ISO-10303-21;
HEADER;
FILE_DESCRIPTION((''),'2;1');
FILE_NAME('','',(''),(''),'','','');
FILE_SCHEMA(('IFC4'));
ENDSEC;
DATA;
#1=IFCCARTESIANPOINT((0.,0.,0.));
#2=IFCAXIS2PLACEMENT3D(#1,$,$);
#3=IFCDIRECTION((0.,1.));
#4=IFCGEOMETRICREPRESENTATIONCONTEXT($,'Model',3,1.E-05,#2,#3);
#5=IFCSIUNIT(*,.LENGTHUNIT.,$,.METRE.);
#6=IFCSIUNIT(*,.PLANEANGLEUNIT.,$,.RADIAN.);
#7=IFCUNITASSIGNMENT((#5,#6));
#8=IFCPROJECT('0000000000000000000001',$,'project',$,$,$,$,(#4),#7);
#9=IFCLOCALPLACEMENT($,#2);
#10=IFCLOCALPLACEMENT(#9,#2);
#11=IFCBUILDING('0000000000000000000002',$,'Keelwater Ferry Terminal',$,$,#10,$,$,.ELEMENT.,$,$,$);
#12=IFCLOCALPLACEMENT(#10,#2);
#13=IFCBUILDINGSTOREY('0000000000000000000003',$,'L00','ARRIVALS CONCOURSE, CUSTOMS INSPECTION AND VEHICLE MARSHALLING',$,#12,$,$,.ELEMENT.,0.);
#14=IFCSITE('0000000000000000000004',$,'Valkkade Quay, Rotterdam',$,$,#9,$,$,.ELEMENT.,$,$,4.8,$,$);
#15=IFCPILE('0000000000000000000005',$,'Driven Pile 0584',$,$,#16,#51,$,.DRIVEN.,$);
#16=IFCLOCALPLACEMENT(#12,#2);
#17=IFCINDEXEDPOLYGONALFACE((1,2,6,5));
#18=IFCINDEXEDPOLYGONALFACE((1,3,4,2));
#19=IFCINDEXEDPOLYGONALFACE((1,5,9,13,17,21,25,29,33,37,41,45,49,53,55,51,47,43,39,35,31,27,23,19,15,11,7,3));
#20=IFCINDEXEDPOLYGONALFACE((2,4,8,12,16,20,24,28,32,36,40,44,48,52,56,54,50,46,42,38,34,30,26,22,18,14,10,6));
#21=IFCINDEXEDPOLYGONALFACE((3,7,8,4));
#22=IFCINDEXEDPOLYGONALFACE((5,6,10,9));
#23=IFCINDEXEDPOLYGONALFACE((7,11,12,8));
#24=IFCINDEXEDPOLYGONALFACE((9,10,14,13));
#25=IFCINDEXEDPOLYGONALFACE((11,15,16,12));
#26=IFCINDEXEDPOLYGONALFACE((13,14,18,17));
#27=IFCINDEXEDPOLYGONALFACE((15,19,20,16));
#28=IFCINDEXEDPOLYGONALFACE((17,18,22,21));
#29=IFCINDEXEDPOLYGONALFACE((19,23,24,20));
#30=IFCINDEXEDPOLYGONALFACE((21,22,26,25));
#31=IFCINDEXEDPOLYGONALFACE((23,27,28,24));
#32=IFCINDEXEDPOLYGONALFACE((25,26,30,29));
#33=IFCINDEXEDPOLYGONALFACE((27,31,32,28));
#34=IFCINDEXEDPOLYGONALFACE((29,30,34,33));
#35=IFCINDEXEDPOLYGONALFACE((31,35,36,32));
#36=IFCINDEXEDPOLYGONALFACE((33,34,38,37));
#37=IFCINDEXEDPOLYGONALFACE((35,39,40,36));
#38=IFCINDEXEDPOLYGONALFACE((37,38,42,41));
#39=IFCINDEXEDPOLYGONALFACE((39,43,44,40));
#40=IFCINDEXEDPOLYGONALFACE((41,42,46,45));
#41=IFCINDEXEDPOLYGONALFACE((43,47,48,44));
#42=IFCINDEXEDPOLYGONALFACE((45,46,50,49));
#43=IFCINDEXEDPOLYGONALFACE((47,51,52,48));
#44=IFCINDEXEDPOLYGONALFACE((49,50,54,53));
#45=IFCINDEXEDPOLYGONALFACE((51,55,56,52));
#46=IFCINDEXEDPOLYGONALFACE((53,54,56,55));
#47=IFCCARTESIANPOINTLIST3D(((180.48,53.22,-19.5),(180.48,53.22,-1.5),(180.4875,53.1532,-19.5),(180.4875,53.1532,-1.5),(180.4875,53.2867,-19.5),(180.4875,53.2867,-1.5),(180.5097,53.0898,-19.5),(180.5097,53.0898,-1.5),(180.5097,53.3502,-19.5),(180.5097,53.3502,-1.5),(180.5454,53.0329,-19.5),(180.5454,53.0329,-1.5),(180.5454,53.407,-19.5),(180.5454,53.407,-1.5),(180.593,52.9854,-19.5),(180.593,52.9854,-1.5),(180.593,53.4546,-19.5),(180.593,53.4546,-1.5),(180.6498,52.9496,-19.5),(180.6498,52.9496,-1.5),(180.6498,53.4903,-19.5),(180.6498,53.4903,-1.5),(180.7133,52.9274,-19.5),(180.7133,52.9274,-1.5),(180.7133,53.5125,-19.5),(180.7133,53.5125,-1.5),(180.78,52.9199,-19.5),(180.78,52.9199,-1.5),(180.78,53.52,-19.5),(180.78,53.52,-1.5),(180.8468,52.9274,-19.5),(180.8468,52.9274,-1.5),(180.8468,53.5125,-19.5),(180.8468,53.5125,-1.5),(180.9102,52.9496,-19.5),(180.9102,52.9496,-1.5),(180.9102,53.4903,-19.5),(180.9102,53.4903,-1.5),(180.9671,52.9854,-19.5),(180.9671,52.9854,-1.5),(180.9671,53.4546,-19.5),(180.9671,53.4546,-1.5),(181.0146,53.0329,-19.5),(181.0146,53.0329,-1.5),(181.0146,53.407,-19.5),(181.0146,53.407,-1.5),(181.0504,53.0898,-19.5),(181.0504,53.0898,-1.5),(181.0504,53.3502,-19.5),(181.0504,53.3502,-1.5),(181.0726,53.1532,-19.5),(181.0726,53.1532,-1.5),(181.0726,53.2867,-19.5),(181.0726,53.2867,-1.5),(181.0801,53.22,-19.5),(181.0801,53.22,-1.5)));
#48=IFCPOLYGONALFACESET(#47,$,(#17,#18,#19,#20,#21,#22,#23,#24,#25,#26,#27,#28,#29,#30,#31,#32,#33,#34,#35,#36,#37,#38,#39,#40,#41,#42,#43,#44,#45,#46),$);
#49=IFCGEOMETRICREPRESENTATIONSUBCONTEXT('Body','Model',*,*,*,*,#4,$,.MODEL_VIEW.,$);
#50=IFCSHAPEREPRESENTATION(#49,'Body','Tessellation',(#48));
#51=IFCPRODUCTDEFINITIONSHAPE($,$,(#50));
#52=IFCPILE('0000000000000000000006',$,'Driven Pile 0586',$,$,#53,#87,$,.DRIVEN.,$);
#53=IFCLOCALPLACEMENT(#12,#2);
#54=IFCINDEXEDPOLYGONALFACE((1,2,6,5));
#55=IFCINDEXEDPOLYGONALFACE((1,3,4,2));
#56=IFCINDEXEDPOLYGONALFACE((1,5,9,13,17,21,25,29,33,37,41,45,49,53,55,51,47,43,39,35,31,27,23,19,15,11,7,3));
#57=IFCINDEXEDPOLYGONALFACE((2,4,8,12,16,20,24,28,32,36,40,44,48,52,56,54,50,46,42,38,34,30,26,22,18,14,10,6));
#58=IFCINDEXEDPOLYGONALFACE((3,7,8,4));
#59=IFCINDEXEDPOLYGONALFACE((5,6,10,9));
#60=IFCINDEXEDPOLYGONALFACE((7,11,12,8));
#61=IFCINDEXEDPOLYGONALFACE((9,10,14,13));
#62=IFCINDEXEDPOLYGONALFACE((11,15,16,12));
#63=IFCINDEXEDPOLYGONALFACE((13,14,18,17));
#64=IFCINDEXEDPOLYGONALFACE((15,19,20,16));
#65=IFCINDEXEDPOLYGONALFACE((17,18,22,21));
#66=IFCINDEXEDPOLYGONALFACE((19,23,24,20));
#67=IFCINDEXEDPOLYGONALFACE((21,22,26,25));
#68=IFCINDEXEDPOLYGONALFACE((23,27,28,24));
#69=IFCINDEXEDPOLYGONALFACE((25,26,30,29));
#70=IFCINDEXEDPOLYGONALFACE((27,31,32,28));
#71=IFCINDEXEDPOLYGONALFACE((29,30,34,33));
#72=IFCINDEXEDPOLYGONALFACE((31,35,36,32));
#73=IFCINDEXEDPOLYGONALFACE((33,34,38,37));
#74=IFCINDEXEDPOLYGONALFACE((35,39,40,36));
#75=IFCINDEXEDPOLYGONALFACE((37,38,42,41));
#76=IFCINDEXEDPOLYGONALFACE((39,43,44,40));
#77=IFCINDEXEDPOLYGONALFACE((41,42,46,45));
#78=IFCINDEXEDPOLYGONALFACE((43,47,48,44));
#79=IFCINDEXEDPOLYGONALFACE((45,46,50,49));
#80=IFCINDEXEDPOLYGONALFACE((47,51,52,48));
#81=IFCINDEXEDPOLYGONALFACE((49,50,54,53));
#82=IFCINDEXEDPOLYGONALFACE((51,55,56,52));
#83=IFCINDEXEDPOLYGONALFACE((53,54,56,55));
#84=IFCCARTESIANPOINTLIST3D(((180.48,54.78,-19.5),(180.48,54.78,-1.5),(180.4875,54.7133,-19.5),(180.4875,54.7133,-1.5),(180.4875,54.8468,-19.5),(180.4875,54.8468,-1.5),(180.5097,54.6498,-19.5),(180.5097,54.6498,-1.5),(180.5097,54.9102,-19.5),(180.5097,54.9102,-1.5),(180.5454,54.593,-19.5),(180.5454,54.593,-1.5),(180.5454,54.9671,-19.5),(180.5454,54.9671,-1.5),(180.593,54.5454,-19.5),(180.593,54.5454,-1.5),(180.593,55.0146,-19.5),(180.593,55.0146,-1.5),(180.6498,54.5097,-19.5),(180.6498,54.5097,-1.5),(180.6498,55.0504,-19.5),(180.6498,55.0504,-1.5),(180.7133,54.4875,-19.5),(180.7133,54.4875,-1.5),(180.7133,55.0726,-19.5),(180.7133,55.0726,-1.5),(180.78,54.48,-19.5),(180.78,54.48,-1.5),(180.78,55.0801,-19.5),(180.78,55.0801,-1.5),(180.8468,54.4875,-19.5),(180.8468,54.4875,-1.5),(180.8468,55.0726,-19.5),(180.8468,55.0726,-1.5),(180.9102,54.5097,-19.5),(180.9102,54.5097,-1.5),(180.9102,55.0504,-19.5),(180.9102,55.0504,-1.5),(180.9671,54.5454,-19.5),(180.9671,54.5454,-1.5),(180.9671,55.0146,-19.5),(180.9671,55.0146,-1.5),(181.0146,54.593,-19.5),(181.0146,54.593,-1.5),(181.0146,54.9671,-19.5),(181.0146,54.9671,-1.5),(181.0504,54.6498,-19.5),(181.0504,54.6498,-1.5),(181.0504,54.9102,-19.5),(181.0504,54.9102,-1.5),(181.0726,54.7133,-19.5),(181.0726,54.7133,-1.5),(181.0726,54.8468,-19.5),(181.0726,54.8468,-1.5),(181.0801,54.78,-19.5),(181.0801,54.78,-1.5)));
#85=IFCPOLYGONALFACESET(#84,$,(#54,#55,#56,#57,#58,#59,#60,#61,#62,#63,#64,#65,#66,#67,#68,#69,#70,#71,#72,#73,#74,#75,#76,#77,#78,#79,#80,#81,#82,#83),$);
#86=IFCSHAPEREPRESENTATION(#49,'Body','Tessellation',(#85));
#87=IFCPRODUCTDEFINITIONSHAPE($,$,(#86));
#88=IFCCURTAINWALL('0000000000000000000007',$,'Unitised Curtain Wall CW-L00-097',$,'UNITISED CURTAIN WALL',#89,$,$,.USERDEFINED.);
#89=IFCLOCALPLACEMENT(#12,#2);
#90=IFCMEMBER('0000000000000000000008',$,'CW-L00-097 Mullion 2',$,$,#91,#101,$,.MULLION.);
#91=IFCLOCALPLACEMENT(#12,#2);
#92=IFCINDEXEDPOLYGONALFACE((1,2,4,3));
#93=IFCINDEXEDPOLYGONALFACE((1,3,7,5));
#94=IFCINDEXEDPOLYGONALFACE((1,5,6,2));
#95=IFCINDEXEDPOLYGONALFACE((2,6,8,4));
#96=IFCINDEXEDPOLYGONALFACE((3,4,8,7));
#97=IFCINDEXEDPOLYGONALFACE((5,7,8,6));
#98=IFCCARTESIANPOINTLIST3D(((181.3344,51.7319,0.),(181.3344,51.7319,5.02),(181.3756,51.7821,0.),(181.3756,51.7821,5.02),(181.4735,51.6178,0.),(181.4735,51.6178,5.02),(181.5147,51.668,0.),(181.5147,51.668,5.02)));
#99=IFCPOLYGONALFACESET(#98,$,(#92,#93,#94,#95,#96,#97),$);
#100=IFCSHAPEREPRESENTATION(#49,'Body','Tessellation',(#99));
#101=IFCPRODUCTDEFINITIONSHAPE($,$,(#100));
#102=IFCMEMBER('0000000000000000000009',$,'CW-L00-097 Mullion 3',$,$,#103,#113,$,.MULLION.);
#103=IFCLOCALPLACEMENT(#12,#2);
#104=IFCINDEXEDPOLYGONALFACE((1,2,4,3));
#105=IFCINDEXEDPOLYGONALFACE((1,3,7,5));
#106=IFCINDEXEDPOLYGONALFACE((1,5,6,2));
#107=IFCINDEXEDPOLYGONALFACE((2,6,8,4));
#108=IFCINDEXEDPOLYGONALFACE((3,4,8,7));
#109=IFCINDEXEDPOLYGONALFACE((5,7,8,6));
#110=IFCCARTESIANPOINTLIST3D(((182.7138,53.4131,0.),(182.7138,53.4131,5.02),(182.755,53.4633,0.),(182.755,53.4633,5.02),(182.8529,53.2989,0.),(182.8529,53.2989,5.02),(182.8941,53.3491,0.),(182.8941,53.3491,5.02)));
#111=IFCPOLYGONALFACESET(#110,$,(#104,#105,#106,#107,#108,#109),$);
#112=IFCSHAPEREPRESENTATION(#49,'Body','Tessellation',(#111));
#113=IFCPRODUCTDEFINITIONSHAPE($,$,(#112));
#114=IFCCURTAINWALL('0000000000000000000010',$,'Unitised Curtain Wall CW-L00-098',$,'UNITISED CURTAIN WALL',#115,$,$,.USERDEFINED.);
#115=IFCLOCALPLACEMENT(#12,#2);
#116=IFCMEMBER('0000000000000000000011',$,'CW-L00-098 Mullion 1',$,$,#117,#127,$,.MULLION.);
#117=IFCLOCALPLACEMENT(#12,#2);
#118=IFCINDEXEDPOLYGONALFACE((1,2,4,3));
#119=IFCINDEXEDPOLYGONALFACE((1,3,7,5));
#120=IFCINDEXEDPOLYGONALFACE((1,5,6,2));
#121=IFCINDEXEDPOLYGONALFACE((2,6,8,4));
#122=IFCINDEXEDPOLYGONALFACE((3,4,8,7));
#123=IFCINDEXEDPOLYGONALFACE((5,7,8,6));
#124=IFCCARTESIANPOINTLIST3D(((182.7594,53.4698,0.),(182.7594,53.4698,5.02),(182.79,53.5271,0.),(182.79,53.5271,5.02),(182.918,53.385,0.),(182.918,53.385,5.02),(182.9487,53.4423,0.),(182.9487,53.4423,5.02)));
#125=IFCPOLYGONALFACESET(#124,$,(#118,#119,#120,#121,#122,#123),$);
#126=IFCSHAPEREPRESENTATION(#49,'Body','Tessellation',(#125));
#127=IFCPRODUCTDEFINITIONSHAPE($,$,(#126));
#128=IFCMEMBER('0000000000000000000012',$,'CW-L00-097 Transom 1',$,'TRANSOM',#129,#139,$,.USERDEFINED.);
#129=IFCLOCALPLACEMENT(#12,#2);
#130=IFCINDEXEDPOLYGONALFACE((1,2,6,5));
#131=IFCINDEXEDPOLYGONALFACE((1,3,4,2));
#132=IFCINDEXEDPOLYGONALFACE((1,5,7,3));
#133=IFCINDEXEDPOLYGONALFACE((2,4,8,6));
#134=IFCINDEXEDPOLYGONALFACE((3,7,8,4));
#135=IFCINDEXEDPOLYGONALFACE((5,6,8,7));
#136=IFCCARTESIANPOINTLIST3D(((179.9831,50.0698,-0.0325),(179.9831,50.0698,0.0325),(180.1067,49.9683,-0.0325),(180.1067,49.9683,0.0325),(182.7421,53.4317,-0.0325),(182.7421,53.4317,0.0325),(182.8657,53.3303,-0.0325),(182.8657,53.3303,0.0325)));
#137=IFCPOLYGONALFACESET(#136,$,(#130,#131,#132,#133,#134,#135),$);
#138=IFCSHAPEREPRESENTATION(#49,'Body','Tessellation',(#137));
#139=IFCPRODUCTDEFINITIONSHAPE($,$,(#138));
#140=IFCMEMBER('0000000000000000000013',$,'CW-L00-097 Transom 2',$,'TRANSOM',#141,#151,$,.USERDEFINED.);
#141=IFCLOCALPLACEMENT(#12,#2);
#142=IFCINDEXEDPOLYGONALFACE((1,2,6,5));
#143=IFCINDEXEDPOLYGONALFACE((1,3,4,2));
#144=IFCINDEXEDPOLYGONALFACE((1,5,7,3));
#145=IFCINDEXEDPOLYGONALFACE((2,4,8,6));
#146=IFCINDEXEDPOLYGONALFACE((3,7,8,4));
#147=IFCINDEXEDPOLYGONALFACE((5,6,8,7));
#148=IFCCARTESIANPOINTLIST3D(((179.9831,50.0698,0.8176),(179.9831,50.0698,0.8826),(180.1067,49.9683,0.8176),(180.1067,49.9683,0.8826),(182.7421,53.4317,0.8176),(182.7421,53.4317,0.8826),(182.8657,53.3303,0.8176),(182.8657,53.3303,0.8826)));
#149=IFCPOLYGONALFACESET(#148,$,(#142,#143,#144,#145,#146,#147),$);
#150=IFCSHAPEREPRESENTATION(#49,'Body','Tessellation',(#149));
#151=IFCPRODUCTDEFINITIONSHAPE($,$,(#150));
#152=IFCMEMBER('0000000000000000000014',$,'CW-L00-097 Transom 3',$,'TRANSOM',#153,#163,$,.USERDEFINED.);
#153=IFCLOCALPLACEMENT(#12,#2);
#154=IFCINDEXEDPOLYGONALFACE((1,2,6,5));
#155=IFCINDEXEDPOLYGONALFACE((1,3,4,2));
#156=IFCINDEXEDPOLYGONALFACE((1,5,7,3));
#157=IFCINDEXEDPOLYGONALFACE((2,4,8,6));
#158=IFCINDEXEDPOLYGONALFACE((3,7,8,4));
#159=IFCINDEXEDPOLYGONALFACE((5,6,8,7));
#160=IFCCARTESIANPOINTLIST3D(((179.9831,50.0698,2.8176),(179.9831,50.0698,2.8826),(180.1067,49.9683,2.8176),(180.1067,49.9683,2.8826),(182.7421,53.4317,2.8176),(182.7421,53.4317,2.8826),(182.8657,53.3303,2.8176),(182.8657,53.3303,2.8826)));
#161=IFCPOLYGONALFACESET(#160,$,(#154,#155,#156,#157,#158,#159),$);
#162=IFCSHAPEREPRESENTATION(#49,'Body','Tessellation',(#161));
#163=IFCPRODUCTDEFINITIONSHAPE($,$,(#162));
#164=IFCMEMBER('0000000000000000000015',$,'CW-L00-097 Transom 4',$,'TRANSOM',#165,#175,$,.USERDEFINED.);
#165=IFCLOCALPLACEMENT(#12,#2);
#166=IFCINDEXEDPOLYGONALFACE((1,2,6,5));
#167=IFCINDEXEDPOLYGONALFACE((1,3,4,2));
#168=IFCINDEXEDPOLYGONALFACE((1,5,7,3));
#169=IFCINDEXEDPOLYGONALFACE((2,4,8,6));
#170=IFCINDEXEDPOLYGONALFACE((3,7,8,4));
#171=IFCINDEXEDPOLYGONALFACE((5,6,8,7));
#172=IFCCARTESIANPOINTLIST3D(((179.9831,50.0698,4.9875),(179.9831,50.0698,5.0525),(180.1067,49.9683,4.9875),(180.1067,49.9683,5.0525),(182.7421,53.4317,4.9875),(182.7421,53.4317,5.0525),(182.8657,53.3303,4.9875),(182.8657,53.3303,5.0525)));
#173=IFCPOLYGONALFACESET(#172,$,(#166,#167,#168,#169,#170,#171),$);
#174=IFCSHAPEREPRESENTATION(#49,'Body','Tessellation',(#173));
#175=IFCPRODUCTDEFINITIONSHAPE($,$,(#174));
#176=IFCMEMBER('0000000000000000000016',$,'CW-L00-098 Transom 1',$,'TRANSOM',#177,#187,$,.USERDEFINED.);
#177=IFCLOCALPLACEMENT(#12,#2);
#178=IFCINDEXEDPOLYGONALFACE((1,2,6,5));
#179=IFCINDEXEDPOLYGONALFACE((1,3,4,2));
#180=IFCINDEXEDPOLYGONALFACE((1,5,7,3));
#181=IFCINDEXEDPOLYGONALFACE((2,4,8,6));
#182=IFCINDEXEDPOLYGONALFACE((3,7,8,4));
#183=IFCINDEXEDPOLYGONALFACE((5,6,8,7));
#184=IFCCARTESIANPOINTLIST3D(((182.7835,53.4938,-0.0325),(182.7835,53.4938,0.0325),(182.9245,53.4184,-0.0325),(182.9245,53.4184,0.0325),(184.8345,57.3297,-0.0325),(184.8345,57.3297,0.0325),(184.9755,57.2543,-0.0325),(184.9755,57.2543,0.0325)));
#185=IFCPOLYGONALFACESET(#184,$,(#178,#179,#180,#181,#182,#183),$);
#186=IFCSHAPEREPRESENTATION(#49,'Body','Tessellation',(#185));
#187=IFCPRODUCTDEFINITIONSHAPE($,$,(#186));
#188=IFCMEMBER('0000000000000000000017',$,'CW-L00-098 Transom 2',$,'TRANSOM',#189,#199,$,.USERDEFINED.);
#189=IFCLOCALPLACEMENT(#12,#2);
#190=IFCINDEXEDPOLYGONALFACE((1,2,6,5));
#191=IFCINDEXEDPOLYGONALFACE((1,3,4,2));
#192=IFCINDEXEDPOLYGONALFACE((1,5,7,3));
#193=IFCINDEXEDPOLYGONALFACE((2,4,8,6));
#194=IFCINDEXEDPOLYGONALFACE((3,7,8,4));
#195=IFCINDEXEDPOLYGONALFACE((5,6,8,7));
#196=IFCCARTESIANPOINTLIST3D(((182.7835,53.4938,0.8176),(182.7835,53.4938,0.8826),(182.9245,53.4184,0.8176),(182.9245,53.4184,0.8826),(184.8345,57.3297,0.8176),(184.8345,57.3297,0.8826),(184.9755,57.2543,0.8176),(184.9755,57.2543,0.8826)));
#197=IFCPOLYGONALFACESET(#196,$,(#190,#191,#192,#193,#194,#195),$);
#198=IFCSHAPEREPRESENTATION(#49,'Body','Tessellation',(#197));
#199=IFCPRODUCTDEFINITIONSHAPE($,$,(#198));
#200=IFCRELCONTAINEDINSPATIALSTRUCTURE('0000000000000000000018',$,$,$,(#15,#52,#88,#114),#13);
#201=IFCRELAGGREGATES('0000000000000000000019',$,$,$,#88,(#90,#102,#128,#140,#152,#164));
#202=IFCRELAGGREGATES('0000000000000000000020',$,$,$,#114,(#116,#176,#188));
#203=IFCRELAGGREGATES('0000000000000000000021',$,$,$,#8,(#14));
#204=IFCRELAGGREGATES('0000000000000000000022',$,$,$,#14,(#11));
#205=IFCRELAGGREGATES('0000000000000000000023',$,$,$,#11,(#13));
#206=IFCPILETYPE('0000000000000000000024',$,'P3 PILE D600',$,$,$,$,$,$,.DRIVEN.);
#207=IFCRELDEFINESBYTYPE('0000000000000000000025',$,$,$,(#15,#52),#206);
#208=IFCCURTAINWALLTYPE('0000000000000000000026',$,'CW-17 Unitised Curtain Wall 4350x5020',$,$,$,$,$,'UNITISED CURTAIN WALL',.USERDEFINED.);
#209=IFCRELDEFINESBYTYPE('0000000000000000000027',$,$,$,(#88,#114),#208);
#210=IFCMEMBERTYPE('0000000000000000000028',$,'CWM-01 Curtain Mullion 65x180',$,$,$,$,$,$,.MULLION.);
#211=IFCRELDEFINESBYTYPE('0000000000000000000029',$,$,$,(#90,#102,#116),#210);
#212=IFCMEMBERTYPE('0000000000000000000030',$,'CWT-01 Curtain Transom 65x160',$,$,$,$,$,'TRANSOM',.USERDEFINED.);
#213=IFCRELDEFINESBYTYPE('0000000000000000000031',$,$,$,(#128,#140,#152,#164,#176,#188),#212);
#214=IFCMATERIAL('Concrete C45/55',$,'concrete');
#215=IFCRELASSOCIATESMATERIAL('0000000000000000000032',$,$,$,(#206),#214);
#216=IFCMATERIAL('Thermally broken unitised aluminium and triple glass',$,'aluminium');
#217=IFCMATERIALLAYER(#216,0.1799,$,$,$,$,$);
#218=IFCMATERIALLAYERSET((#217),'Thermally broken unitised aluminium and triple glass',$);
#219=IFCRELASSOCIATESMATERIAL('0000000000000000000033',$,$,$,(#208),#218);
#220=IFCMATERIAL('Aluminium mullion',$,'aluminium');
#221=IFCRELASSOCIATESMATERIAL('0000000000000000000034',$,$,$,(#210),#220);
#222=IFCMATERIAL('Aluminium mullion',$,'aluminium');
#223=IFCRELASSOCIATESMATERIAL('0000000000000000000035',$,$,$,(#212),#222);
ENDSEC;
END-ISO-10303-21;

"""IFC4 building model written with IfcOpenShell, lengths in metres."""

from ifc_helpers import new_model, si_unit, direction, frame, origin, origin_2d, place, context, subcontext, project, spatial, rectangle, circle, extrude, material, layer, layer_set, material_profile, profile_set, type_object, element, aggregate, save


model = new_model("IFC4")

# Units and contexts
model_context = context("Model", 3, precision=1e-05, world=origin(), true_north=direction((0.0, 1.0)))
body_context = subcontext(model_context, "Body", "Model", "MODEL_VIEW")
ifc_project = project(units=[si_unit("LENGTHUNIT", "METRE"), si_unit("PLANEANGLEUNIT", "RADIAN")], contexts=[model_context])

# Site, building, storey
site_placement = place(None, origin())
site = spatial("IfcSite", under=ifc_project, at=site_placement, Name="Valkkade Quay, Rotterdam", CompositionType="ELEMENT", RefElevation=4.8)
building_placement = place(site_placement, origin())
building = spatial("IfcBuilding", under=site, at=building_placement, Name="Keelwater Ferry Terminal", CompositionType="ELEMENT")
storey_placement = place(building_placement, origin())
storey = spatial("IfcBuildingStorey", under=building, at=storey_placement, Name="L00", Description="ARRIVALS CONCOURSE, CUSTOMS INSPECTION AND VEHICLE MARSHALLING", CompositionType="ELEMENT", Elevation=0.0)

# Piles
ifc_material_1 = material(Name="Concrete C45/55", Category="concrete")
ifc_material_profile_1 = material_profile(ifc_material_1, circle(Radius=0.3, at=origin_2d()), Name="PILE D600")
ifc_profile_set_1 = profile_set([ifc_material_profile_1], Name="Concrete C45/55")
pile_type = type_object("IfcPileType", Name="P3 PILE D600", PredefinedType="DRIVEN", material=ifc_profile_set_1)
for number, where, z_axis, x_axis, name in (
    (1, (180.78, 53.22, -1.5), (0.0, 0.0, -1.0), (1.0, 0.0, 0.0), "Driven Pile 0584"),
    (2, (180.78, 54.78, -1.5), (0.0, 0.0, -1.0), (1.0, 0.0, 0.0), "Driven Pile 0586"),
):
    element("IfcPile", number, at=place(storey_placement, frame(where, z_axis=z_axis, x_axis=x_axis)), inside=storey, type_object=pile_type, Name=name, PredefinedType="DRIVEN", context=body_context, shape_type="SweptSolid", body=[
        extrude(circle(Radius=0.3, at=origin_2d()), origin(), (0.0, 0.0, 1.0), 18.0),
    ])

# Curtain wall, members
ifc_material_2 = material(Name="Thermally broken unitised aluminium and triple glass", Category="aluminium")
ifc_layer_1 = layer(ifc_material_2, 0.1799)
ifc_layer_set_1 = layer_set([ifc_layer_1], Name="Thermally broken unitised aluminium and triple glass")
curtain_wall_type = type_object("IfcCurtainWallType", Name="CW-17 Unitised Curtain Wall 4350x5020", ElementType="UNITISED CURTAIN WALL", PredefinedType="USERDEFINED", material=ifc_layer_set_1)
curtain_wall_1_placement = place(storey_placement, origin())
curtain_wall_1 = element("IfcCurtainWall", 3, at=curtain_wall_1_placement, inside=storey, type_object=curtain_wall_type, Name="Unitised Curtain Wall CW-L00-097", ObjectType="UNITISED CURTAIN WALL", PredefinedType="USERDEFINED")
ifc_material_3 = material(Name="Aluminium mullion", Category="aluminium")
ifc_material_profile_2 = material_profile(ifc_material_3, rectangle(XDim=0.0649, YDim=0.1799, at=origin_2d()), Name="CWM-01")
ifc_profile_set_2 = profile_set([ifc_material_profile_2], Name="Aluminium mullion")
member_type_1 = type_object("IfcMemberType", Name="CWM-01 Curtain Mullion 65x180", PredefinedType="MULLION", material=ifc_profile_set_2)
member_1_placement = place(storey_placement, frame((181.4246, 51.7, 0.0), z_axis=(0.0, 0.0, 1.0), x_axis=(0.634377, 0.773024, 0.0)))
member_1 = element("IfcMember", 4, at=member_1_placement, type_object=member_type_1, Name="CW-L00-097 Mullion 2", PredefinedType="MULLION", context=body_context, shape_type="SweptSolid", body=[
    extrude(rectangle(XDim=0.0649, YDim=0.1799, at=origin_2d()), origin(), (0.0, 0.0, 1.0), 5.02),
])
member_2_placement = place(storey_placement, frame((182.804, 53.3811, 0.0), z_axis=(0.0, 0.0, 1.0), x_axis=(0.634377, 0.773024, 0.0)))
member_2 = element("IfcMember", 5, at=member_2_placement, type_object=member_type_1, Name="CW-L00-097 Mullion 3", PredefinedType="MULLION", context=body_context, shape_type="SweptSolid", body=[
    extrude(rectangle(XDim=0.0649, YDim=0.1799, at=origin_2d()), origin(), (0.0, 0.0, 1.0), 5.02),
])

# Curtain wall, member
curtain_wall_2_placement = place(storey_placement, origin())
curtain_wall_2 = element("IfcCurtainWall", 6, at=curtain_wall_2_placement, inside=storey, type_object=curtain_wall_type, Name="Unitised Curtain Wall CW-L00-098", ObjectType="UNITISED CURTAIN WALL", PredefinedType="USERDEFINED")
member_3_placement = place(storey_placement, frame((182.854, 53.4561, 0.0), z_axis=(0.0, 0.0, 1.0), x_axis=(0.471507, 0.881862, 0.0)))
member_3 = element("IfcMember", 7, at=member_3_placement, type_object=member_type_1, Name="CW-L00-098 Mullion 1", PredefinedType="MULLION", context=body_context, shape_type="SweptSolid", body=[
    extrude(rectangle(XDim=0.0649, YDim=0.1799, at=origin_2d()), origin(), (0.0, 0.0, 1.0), 5.02),
])

# Members
ifc_material_4 = material(Name="Aluminium mullion", Category="aluminium")
ifc_material_profile_3 = material_profile(ifc_material_4, rectangle(XDim=0.1599, YDim=0.0649, at=origin_2d()), Name="CWT-01")
ifc_profile_set_3 = profile_set([ifc_material_profile_3], Name="Aluminium mullion")
member_type_2 = type_object("IfcMemberType", Name="CWT-01 Curtain Transom 65x160", ElementType="TRANSOM", PredefinedType="USERDEFINED", material=ifc_profile_set_3)
member_4_placement = place(storey_placement, frame((180.0449, 50.019, 0.0), z_axis=(0.634374, 0.773026, 0.0), x_axis=(-0.773026, 0.634374, 0.0)))
member_4 = element("IfcMember", 8, at=member_4_placement, type_object=member_type_2, Name="CW-L00-097 Transom 1", ObjectType="TRANSOM", PredefinedType="USERDEFINED", context=body_context, shape_type="SweptSolid", body=[
    extrude(rectangle(XDim=0.1599, YDim=0.0649, at=origin_2d()), origin(), (0.0, 0.0, 1.0), 4.3491),
])
member_5_placement = place(storey_placement, frame((180.0449, 50.019, 0.8501), z_axis=(0.634374, 0.773026, 0.0), x_axis=(-0.773026, 0.634374, 0.0)))
member_5 = element("IfcMember", 9, at=member_5_placement, type_object=member_type_2, Name="CW-L00-097 Transom 2", ObjectType="TRANSOM", PredefinedType="USERDEFINED", context=body_context, shape_type="SweptSolid", body=[
    extrude(rectangle(XDim=0.1599, YDim=0.0649, at=origin_2d()), origin(), (0.0, 0.0, 1.0), 4.3491),
])
member_6_placement = place(storey_placement, frame((180.0449, 50.019, 2.8501), z_axis=(0.634374, 0.773026, 0.0), x_axis=(-0.773026, 0.634374, 0.0)))
member_6 = element("IfcMember", 10, at=member_6_placement, type_object=member_type_2, Name="CW-L00-097 Transom 3", ObjectType="TRANSOM", PredefinedType="USERDEFINED", context=body_context, shape_type="SweptSolid", body=[
    extrude(rectangle(XDim=0.1599, YDim=0.0649, at=origin_2d()), origin(), (0.0, 0.0, 1.0), 4.3491),
])
member_7_placement = place(storey_placement, frame((180.0449, 50.019, 5.02), z_axis=(0.634374, 0.773026, 0.0), x_axis=(-0.773026, 0.634374, 0.0)))
member_7 = element("IfcMember", 11, at=member_7_placement, type_object=member_type_2, Name="CW-L00-097 Transom 4", ObjectType="TRANSOM", PredefinedType="USERDEFINED", context=body_context, shape_type="SweptSolid", body=[
    extrude(rectangle(XDim=0.1599, YDim=0.0649, at=origin_2d()), origin(), (0.0, 0.0, 1.0), 4.3491),
])
member_8_placement = place(storey_placement, frame((182.854, 53.4561, 0.0), z_axis=(0.471517, 0.881857, 0.0), x_axis=(-0.881857, 0.471517, 0.0)))
member_8 = element("IfcMember", 12, at=member_8_placement, type_object=member_type_2, Name="CW-L00-098 Transom 1", ObjectType="TRANSOM", PredefinedType="USERDEFINED", context=body_context, shape_type="SweptSolid", body=[
    extrude(rectangle(XDim=0.1599, YDim=0.0649, at=origin_2d()), origin(), (0.0, 0.0, 1.0), 4.3499),
])
member_9_placement = place(storey_placement, frame((182.854, 53.4561, 0.8501), z_axis=(0.471517, 0.881857, 0.0), x_axis=(-0.881857, 0.471517, 0.0)))
member_9 = element("IfcMember", 13, at=member_9_placement, type_object=member_type_2, Name="CW-L00-098 Transom 2", ObjectType="TRANSOM", PredefinedType="USERDEFINED", context=body_context, shape_type="SweptSolid", body=[
    extrude(rectangle(XDim=0.1599, YDim=0.0649, at=origin_2d()), origin(), (0.0, 0.0, 1.0), 4.3499),
])

aggregate(curtain_wall_1, [member_1, member_2, member_4, member_5, member_6, member_7])
aggregate(curtain_wall_2, [member_3, member_8, member_9])

save(model, "model.ifc")
